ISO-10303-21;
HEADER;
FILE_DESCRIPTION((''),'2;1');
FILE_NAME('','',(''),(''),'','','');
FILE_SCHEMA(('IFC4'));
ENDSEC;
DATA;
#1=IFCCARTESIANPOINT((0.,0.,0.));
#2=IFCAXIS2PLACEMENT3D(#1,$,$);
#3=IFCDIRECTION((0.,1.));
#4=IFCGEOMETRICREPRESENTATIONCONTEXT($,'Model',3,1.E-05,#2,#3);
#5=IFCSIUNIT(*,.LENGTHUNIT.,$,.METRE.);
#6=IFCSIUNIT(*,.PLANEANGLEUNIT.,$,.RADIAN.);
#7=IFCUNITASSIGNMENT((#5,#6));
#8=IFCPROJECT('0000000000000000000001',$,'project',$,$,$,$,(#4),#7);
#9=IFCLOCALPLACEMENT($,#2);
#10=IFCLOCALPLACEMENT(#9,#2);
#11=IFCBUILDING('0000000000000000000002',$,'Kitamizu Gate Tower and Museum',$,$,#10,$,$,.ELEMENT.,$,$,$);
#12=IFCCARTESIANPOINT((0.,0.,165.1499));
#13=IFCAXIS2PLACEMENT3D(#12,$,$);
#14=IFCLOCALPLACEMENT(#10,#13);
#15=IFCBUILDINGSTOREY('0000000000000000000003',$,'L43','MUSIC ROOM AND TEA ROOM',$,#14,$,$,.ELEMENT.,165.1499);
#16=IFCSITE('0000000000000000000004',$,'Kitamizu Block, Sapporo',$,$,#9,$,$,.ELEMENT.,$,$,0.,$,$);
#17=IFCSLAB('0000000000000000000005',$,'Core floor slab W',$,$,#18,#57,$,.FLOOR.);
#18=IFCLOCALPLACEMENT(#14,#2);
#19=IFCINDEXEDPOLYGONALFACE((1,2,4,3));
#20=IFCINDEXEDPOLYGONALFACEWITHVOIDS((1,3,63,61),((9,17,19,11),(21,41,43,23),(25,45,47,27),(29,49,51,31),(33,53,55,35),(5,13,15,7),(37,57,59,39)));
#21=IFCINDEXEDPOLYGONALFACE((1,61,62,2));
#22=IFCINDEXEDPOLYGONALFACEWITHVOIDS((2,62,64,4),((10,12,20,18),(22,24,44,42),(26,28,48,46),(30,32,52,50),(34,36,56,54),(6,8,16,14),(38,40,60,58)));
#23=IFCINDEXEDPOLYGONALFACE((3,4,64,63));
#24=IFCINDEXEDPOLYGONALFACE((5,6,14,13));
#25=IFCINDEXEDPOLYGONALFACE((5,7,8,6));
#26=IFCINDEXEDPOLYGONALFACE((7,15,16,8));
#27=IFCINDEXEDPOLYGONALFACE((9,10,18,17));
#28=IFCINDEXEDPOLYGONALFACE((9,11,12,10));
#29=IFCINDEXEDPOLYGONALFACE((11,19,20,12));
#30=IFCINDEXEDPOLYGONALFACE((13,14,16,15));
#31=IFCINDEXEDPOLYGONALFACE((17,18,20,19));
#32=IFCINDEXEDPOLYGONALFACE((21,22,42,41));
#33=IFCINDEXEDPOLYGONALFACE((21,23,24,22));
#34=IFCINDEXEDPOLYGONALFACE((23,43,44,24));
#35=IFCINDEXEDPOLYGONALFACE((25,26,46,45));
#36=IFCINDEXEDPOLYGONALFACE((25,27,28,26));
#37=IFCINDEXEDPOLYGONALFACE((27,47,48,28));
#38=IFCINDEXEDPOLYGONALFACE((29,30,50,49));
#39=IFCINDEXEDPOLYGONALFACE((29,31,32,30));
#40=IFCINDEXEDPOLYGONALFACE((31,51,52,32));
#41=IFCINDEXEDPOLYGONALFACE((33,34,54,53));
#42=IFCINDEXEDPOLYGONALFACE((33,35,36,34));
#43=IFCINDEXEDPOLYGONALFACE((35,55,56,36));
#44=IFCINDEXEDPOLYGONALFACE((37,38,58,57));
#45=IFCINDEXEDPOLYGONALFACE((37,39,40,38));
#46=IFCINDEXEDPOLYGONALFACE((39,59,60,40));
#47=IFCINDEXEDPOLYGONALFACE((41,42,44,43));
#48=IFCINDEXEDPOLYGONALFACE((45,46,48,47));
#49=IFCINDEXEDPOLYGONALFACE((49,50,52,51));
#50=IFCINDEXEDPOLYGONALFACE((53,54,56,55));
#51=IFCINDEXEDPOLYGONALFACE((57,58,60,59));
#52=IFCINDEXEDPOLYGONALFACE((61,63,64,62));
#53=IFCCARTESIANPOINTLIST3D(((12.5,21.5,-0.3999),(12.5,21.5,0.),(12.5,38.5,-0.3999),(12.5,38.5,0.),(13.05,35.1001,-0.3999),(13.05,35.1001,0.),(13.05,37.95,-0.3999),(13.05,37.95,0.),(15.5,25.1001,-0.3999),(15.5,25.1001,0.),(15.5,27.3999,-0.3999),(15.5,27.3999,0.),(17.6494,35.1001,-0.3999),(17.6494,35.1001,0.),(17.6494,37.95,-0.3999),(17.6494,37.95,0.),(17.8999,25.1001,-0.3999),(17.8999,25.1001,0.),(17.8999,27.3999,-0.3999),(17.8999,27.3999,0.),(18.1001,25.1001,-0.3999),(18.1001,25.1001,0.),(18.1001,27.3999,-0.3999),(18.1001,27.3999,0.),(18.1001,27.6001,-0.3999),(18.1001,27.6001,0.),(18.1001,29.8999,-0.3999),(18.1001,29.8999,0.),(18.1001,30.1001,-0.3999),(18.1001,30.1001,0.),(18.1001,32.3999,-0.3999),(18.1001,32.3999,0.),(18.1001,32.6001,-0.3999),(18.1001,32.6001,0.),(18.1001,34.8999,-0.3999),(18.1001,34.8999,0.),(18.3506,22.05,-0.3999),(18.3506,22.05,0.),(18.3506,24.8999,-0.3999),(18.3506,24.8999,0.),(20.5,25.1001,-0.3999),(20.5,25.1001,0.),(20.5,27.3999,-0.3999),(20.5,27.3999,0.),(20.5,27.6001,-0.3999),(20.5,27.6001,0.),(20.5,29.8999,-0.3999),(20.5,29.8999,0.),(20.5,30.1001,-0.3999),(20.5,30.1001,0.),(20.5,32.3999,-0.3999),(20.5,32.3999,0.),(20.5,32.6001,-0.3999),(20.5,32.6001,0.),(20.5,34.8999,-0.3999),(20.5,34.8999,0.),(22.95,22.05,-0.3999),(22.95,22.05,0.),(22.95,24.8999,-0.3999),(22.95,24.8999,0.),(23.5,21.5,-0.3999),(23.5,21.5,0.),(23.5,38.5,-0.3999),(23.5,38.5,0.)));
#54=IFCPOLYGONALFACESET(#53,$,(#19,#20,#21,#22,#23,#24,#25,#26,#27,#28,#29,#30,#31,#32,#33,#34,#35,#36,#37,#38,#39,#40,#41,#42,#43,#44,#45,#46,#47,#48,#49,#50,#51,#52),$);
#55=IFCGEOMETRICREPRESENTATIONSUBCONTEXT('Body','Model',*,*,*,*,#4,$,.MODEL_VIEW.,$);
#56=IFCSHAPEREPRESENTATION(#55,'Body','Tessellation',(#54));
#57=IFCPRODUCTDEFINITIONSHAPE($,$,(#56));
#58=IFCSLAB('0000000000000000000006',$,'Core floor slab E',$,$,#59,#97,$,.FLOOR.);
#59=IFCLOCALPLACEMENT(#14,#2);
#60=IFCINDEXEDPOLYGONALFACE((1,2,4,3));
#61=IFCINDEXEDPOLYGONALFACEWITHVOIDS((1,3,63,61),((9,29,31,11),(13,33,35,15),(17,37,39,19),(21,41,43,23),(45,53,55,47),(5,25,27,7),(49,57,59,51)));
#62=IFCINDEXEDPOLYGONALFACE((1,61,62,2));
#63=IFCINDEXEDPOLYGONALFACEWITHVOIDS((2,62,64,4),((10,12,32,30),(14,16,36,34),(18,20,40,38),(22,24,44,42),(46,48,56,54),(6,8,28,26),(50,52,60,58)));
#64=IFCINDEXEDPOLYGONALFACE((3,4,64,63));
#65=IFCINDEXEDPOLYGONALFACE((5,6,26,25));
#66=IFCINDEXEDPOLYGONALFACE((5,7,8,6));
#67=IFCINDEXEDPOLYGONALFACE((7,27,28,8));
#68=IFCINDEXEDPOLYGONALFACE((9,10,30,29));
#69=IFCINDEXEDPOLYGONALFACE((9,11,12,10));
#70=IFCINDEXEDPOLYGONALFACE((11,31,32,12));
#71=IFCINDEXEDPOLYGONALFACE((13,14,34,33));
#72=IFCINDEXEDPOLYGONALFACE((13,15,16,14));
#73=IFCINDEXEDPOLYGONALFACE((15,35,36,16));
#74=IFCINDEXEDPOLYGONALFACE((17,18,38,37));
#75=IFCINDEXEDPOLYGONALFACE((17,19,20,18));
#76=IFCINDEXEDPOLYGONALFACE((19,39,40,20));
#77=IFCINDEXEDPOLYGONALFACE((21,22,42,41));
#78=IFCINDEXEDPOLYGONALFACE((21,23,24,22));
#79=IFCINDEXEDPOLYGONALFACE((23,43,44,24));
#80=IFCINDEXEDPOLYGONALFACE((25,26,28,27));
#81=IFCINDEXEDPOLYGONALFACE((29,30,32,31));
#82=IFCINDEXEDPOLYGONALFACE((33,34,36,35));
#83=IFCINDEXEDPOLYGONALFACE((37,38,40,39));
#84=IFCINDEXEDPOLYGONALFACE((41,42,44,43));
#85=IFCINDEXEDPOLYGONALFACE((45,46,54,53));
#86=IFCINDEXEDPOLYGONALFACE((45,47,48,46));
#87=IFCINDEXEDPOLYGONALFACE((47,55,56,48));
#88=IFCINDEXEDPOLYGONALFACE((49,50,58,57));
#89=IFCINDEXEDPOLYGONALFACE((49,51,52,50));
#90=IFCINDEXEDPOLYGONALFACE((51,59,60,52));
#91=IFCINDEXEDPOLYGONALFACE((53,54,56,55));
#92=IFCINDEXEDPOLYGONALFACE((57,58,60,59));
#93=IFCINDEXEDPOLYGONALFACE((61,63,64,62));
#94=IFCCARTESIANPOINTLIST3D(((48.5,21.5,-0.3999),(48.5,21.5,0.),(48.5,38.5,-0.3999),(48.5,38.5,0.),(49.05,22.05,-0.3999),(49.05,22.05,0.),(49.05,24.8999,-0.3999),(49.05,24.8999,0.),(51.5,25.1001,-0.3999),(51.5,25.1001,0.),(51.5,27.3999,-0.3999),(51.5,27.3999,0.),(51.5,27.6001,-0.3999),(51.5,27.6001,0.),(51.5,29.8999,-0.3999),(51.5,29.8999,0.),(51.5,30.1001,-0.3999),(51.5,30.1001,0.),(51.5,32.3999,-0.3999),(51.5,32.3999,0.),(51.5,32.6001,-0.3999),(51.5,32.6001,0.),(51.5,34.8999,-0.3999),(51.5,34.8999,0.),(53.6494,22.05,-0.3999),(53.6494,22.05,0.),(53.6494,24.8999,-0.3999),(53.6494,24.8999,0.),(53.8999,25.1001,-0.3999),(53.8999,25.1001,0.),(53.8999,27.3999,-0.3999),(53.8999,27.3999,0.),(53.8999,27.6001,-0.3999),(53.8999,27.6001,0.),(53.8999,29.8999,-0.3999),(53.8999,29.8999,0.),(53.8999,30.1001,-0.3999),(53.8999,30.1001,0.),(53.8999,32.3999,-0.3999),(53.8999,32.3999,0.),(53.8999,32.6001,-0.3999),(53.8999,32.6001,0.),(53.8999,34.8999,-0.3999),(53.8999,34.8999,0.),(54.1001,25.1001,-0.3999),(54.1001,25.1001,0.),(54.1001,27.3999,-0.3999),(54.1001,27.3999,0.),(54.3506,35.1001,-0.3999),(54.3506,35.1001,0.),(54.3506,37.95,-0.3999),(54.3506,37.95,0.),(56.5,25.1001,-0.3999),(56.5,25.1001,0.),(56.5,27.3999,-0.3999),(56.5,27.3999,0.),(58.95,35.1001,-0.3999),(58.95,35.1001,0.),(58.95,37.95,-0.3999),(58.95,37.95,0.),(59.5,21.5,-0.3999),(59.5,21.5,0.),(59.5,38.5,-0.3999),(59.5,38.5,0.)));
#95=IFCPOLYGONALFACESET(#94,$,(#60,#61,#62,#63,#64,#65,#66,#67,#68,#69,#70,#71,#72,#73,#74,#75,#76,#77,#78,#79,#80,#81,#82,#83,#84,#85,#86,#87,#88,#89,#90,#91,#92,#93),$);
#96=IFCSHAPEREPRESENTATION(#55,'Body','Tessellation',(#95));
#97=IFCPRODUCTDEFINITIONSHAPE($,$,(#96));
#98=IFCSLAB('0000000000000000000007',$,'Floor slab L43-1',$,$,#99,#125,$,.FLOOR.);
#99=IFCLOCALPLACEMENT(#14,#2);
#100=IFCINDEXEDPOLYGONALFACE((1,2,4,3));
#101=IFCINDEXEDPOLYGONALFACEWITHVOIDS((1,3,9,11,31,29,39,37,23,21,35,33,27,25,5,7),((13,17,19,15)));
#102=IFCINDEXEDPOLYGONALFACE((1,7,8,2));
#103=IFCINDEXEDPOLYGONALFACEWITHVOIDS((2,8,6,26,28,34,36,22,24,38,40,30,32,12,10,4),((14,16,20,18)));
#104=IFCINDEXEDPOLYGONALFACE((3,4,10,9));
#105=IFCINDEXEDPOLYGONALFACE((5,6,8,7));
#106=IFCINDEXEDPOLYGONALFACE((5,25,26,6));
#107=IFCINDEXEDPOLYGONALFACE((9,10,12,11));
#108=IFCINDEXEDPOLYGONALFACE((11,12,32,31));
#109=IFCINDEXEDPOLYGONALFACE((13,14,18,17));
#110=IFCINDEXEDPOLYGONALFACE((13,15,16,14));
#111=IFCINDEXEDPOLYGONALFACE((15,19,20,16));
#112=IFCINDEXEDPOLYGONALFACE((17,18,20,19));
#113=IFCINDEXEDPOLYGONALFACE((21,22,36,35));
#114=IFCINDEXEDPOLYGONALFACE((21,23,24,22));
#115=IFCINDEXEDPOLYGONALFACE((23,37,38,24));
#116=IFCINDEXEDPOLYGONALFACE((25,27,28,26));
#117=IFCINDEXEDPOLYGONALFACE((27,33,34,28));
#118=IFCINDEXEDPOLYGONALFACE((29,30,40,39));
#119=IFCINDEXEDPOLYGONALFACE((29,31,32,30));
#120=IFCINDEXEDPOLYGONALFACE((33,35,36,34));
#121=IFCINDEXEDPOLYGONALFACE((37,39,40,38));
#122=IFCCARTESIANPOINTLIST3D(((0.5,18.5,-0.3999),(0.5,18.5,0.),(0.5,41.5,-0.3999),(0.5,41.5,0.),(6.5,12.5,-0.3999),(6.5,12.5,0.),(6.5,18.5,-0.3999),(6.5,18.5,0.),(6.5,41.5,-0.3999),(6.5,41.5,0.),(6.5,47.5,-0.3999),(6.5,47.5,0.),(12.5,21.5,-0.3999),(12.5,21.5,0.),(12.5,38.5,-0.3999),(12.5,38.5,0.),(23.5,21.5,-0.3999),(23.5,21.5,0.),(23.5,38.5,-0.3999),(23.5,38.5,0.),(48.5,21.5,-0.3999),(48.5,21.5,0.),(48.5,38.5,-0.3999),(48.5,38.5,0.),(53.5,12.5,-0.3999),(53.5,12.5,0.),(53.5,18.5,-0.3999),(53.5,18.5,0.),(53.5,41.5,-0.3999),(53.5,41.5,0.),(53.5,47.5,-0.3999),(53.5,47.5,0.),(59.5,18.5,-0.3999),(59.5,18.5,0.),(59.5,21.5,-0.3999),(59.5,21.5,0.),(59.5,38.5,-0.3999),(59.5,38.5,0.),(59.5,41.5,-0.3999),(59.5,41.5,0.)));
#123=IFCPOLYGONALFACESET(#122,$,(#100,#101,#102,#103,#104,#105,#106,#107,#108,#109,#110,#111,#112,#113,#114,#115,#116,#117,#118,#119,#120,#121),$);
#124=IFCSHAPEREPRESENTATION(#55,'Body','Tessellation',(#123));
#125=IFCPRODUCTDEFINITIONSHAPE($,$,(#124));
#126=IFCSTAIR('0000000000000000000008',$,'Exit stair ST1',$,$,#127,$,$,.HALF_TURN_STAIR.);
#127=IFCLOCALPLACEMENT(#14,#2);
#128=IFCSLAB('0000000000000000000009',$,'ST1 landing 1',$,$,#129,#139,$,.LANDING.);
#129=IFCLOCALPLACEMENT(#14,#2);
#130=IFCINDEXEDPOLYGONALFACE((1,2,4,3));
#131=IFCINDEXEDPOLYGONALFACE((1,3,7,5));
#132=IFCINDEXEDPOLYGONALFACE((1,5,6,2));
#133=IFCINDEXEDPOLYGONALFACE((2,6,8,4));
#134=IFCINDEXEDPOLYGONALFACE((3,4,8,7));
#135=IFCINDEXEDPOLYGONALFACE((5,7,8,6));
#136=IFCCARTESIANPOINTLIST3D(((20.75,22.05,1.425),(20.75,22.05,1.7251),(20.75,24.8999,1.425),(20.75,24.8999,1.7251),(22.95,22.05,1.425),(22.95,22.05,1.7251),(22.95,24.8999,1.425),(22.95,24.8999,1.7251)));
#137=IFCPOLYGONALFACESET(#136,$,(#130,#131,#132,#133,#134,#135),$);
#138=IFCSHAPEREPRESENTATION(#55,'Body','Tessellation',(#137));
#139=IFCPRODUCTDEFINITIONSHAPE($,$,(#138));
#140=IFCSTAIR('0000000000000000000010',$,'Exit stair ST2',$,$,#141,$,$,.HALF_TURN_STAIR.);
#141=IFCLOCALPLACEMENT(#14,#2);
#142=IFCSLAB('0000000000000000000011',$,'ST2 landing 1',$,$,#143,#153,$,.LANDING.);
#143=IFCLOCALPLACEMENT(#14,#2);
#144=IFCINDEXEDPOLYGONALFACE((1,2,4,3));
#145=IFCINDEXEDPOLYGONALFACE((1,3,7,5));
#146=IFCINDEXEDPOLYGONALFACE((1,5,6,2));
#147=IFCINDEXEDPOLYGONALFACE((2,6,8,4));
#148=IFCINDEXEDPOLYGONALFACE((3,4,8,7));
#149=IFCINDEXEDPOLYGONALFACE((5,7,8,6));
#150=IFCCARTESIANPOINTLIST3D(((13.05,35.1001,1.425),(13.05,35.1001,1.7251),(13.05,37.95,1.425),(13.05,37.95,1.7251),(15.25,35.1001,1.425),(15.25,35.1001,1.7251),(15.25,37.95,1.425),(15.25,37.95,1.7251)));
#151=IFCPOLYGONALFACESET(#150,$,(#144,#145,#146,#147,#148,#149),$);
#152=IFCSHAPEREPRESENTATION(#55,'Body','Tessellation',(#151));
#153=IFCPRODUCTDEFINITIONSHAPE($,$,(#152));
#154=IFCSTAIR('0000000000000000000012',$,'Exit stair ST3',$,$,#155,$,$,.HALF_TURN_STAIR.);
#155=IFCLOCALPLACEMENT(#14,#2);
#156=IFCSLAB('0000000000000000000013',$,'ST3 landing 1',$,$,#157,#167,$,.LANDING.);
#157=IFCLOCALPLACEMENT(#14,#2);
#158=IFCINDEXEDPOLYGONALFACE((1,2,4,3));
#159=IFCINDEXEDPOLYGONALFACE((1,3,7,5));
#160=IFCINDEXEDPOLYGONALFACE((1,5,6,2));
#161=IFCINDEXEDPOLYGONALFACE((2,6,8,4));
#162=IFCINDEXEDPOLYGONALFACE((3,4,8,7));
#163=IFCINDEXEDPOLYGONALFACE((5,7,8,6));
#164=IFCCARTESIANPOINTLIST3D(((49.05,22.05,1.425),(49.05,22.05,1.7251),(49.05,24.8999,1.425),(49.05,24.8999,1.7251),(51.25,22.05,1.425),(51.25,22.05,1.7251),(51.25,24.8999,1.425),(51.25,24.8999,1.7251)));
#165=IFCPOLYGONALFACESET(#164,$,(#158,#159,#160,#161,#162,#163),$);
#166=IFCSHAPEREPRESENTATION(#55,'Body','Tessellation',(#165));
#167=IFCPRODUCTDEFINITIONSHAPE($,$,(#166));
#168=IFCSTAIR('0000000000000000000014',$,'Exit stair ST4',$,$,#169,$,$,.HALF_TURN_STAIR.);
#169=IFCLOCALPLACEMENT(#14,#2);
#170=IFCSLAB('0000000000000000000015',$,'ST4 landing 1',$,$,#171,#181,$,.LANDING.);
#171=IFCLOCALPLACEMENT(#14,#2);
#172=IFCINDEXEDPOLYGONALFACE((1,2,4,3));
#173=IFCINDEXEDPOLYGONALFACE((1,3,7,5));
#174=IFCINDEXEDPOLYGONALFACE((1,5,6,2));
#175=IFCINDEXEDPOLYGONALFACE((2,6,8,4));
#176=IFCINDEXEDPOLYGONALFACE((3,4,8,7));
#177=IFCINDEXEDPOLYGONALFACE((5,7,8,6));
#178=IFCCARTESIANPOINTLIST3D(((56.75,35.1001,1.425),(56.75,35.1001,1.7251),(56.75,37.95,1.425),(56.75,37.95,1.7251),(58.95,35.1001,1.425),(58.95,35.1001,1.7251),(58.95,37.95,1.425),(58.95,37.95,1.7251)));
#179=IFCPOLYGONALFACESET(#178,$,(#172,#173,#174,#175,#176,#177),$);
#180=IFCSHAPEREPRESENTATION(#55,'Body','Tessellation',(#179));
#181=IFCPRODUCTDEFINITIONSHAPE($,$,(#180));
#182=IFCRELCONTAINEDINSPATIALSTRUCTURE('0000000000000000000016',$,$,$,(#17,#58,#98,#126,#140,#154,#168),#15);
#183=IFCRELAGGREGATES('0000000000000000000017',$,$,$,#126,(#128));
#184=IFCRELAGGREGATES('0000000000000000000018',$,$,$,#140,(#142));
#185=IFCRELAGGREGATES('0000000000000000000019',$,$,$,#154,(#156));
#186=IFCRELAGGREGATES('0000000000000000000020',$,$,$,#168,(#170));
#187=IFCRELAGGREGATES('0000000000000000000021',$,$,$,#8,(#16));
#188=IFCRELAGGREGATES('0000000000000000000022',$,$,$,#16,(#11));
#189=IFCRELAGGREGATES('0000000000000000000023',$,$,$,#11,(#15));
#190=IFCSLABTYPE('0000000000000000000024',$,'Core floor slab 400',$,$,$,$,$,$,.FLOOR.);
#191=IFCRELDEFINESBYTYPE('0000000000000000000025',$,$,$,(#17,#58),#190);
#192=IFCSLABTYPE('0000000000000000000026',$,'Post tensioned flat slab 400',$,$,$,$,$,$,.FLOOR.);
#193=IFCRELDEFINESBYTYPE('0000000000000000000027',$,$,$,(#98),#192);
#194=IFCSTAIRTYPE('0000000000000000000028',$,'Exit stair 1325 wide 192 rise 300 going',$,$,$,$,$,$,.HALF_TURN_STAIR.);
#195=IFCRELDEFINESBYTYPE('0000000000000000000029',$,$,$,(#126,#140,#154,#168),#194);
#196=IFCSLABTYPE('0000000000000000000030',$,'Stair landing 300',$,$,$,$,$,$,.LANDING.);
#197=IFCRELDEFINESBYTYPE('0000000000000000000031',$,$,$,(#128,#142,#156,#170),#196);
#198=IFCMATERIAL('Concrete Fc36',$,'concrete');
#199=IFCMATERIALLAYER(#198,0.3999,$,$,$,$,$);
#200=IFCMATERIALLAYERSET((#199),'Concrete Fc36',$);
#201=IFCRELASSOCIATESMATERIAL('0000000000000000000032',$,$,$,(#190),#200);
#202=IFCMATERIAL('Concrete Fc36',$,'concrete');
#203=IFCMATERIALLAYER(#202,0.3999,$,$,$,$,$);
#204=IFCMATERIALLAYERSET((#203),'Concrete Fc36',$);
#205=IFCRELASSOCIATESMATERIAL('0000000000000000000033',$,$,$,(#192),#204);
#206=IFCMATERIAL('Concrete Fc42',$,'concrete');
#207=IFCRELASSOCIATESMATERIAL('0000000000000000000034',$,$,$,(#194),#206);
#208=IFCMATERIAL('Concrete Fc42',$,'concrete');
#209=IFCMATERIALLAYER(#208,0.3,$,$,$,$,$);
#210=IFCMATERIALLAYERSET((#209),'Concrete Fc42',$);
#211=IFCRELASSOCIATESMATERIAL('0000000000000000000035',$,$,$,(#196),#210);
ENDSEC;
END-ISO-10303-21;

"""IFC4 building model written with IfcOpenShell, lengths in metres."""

from ifc_helpers import new_model, si_unit, direction, frame, origin, place, context, subcontext, project, spatial, polyline, outline, extrude, material, layer, layer_set, type_object, element, aggregate, save


model = new_model("IFC4")

# Units and contexts
model_context = context("Model", 3, precision=1e-05, world=origin(), true_north=direction((0.0, 1.0)))
body_context = subcontext(model_context, "Body", "Model", "MODEL_VIEW")
ifc_project = project(units=[si_unit("LENGTHUNIT", "METRE"), si_unit("PLANEANGLEUNIT", "RADIAN")], contexts=[model_context])

# Site, building, storey
site_placement = place(None, origin())
site = spatial("IfcSite", under=ifc_project, at=site_placement, Name="Kitamizu Block, Sapporo", CompositionType="ELEMENT", RefElevation=0.0)
building_placement = place(site_placement, origin())
building = spatial("IfcBuilding", under=site, at=building_placement, Name="Kitamizu Gate Tower and Museum", CompositionType="ELEMENT")
storey_placement = place(building_placement, frame((0.0, 0.0, 165.1499)))
storey = spatial("IfcBuildingStorey", under=building, at=storey_placement, Name="L43", Description="MUSIC ROOM AND TEA ROOM", CompositionType="ELEMENT", Elevation=165.1499)

# Slabs
ifc_material_1 = material(Name="Concrete Fc36", Category="concrete")
ifc_layer_1 = layer(ifc_material_1, 0.3999)
ifc_layer_set_1 = layer_set([ifc_layer_1], Name="Concrete Fc36")
slab_type_1 = type_object("IfcSlabType", Name="Core floor slab 400", PredefinedType="FLOOR", material=ifc_layer_set_1)
slab_1_placement = place(storey_placement, frame((0.0, 0.0, -0.3999)))
element("IfcSlab", 1, at=slab_1_placement, inside=storey, type_object=slab_type_1, Name="Core floor slab W", PredefinedType="FLOOR", context=body_context, shape_type="SweptSolid", body=[
    extrude(outline(polyline([(12.5, 21.5), (23.5, 21.5), (23.5, 38.5), (12.5, 38.5), (12.5, 21.5)]), holes=[polyline([(15.5, 25.1001), (17.8999, 25.1001), (17.8999, 27.3999), (15.5, 27.3999), (15.5, 25.1001)]), polyline([(18.1001, 25.1001), (20.5, 25.1001), (20.5, 27.3999), (18.1001, 27.3999), (18.1001, 25.1001)]), polyline([(18.1001, 27.6001), (20.5, 27.6001), (20.5, 29.8999), (18.1001, 29.8999), (18.1001, 27.6001)]), polyline([(18.1001, 30.1001), (20.5, 30.1001), (20.5, 32.3999), (18.1001, 32.3999), (18.1001, 30.1001)]), polyline([(18.1001, 32.6001), (20.5, 32.6001), (20.5, 34.8999), (18.1001, 34.8999), (18.1001, 32.6001)]), polyline([(18.3506, 22.05), (22.95, 22.05), (22.95, 24.8999), (18.3506, 24.8999), (18.3506, 22.05)]), polyline([(13.05, 35.1001), (17.6494, 35.1001), (17.6494, 37.95), (13.05, 37.95), (13.05, 35.1001)])]), origin(), (0.0, 0.0, 1.0), 0.3999),
])
slab_2_placement = place(storey_placement, frame((0.0, 0.0, -0.3999)))
element("IfcSlab", 2, at=slab_2_placement, inside=storey, type_object=slab_type_1, Name="Core floor slab E", PredefinedType="FLOOR", context=body_context, shape_type="SweptSolid", body=[
    extrude(outline(polyline([(48.5, 21.5), (59.5, 21.5), (59.5, 38.5), (48.5, 38.5), (48.5, 21.5)]), holes=[polyline([(54.1001, 25.1001), (56.5, 25.1001), (56.5, 27.3999), (54.1001, 27.3999), (54.1001, 25.1001)]), polyline([(51.5, 25.1001), (53.8999, 25.1001), (53.8999, 27.3999), (51.5, 27.3999), (51.5, 25.1001)]), polyline([(51.5, 27.6001), (53.8999, 27.6001), (53.8999, 29.8999), (51.5, 29.8999), (51.5, 27.6001)]), polyline([(51.5, 30.1001), (53.8999, 30.1001), (53.8999, 32.3999), (51.5, 32.3999), (51.5, 30.1001)]), polyline([(51.5, 32.6001), (53.8999, 32.6001), (53.8999, 34.8999), (51.5, 34.8999), (51.5, 32.6001)]), polyline([(49.05, 22.05), (53.6494, 22.05), (53.6494, 24.8999), (49.05, 24.8999), (49.05, 22.05)]), polyline([(54.3506, 35.1001), (58.95, 35.1001), (58.95, 37.95), (54.3506, 37.95), (54.3506, 35.1001)])]), origin(), (0.0, 0.0, 1.0), 0.3999),
])
ifc_material_2 = material(Name="Concrete Fc36", Category="concrete")
ifc_layer_2 = layer(ifc_material_2, 0.3999)
ifc_layer_set_2 = layer_set([ifc_layer_2], Name="Concrete Fc36")
slab_type_2 = type_object("IfcSlabType", Name="Post tensioned flat slab 400", PredefinedType="FLOOR", material=ifc_layer_set_2)
slab_3_placement = place(storey_placement, frame((0.0, 0.0, -0.3999)))
element("IfcSlab", 3, at=slab_3_placement, inside=storey, type_object=slab_type_2, Name="Floor slab L43-1", PredefinedType="FLOOR", context=body_context, shape_type="SweptSolid", body=[
    extrude(outline(polyline([(0.5, 18.5), (0.5, 41.5), (6.5, 41.5), (6.5, 47.5), (53.5, 47.5), (53.5, 41.5), (59.5, 41.5), (59.5, 38.5), (48.5, 38.5), (48.5, 21.5), (59.5, 21.5), (59.5, 18.5), (53.5, 18.5), (53.5, 12.5), (6.5, 12.5), (6.5, 18.5), (0.5, 18.5)]), holes=[polyline([(12.5, 38.5), (12.5, 21.5), (23.5, 21.5), (23.5, 38.5), (12.5, 38.5)])]), origin(), (0.0, 0.0, 1.0), 0.3999),
])

# Stairs, slabs
ifc_material_3 = material(Name="Concrete Fc42", Category="concrete")
stair_type = type_object("IfcStairType", Name="Exit stair 1325 wide 192 rise 300 going", PredefinedType="HALF_TURN_STAIR", material=ifc_material_3)
stair_1_placement = place(storey_placement, origin())
stair_1 = element("IfcStair", 4, at=stair_1_placement, inside=storey, type_object=stair_type, Name="Exit stair ST1", PredefinedType="HALF_TURN_STAIR")
ifc_material_4 = material(Name="Concrete Fc42", Category="concrete")
ifc_layer_3 = layer(ifc_material_4, 0.3)
ifc_layer_set_3 = layer_set([ifc_layer_3], Name="Concrete Fc42")
slab_type_3 = type_object("IfcSlabType", Name="Stair landing 300", PredefinedType="LANDING", material=ifc_layer_set_3)
slab_4_placement = place(storey_placement, frame((0.0, 0.0, 1.425)))
slab_4 = element("IfcSlab", 5, at=slab_4_placement, type_object=slab_type_3, Name="ST1 landing 1", PredefinedType="LANDING", context=body_context, shape_type="SweptSolid", body=[
    extrude(outline(polyline([(20.75, 22.05), (22.95, 22.05), (22.95, 24.8999), (20.75, 24.8999), (20.75, 22.05)])), origin(), (0.0, 0.0, 1.0), 0.3),
])
aggregate(stair_1, [slab_4])
stair_2_placement = place(storey_placement, origin())
stair_2 = element("IfcStair", 6, at=stair_2_placement, inside=storey, type_object=stair_type, Name="Exit stair ST2", PredefinedType="HALF_TURN_STAIR")
slab_5_placement = place(storey_placement, frame((0.0, 0.0, 1.425)))
slab_5 = element("IfcSlab", 7, at=slab_5_placement, type_object=slab_type_3, Name="ST2 landing 1", PredefinedType="LANDING", context=body_context, shape_type="SweptSolid", body=[
    extrude(outline(polyline([(13.05, 35.1001), (15.25, 35.1001), (15.25, 37.95), (13.05, 37.95), (13.05, 35.1001)])), origin(), (0.0, 0.0, 1.0), 0.3),
])
aggregate(stair_2, [slab_5])
stair_3_placement = place(storey_placement, origin())
stair_3 = element("IfcStair", 8, at=stair_3_placement, inside=storey, type_object=stair_type, Name="Exit stair ST3", PredefinedType="HALF_TURN_STAIR")
slab_6_placement = place(storey_placement, frame((0.0, 0.0, 1.425)))
slab_6 = element("IfcSlab", 9, at=slab_6_placement, type_object=slab_type_3, Name="ST3 landing 1", PredefinedType="LANDING", context=body_context, shape_type="SweptSolid", body=[
    extrude(outline(polyline([(49.05, 22.05), (51.25, 22.05), (51.25, 24.8999), (49.05, 24.8999), (49.05, 22.05)])), origin(), (0.0, 0.0, 1.0), 0.3),
])
aggregate(stair_3, [slab_6])
stair_4_placement = place(storey_placement, origin())
stair_4 = element("IfcStair", 10, at=stair_4_placement, inside=storey, type_object=stair_type, Name="Exit stair ST4", PredefinedType="HALF_TURN_STAIR")
slab_7_placement = place(storey_placement, frame((0.0, 0.0, 1.425)))
slab_7 = element("IfcSlab", 11, at=slab_7_placement, type_object=slab_type_3, Name="ST4 landing 1", PredefinedType="LANDING", context=body_context, shape_type="SweptSolid", body=[
    extrude(outline(polyline([(56.75, 35.1001), (58.95, 35.1001), (58.95, 37.95), (56.75, 37.95), (56.75, 35.1001)])), origin(), (0.0, 0.0, 1.0), 0.3),
])
aggregate(stair_4, [slab_7])

save(model, "model.ifc")
